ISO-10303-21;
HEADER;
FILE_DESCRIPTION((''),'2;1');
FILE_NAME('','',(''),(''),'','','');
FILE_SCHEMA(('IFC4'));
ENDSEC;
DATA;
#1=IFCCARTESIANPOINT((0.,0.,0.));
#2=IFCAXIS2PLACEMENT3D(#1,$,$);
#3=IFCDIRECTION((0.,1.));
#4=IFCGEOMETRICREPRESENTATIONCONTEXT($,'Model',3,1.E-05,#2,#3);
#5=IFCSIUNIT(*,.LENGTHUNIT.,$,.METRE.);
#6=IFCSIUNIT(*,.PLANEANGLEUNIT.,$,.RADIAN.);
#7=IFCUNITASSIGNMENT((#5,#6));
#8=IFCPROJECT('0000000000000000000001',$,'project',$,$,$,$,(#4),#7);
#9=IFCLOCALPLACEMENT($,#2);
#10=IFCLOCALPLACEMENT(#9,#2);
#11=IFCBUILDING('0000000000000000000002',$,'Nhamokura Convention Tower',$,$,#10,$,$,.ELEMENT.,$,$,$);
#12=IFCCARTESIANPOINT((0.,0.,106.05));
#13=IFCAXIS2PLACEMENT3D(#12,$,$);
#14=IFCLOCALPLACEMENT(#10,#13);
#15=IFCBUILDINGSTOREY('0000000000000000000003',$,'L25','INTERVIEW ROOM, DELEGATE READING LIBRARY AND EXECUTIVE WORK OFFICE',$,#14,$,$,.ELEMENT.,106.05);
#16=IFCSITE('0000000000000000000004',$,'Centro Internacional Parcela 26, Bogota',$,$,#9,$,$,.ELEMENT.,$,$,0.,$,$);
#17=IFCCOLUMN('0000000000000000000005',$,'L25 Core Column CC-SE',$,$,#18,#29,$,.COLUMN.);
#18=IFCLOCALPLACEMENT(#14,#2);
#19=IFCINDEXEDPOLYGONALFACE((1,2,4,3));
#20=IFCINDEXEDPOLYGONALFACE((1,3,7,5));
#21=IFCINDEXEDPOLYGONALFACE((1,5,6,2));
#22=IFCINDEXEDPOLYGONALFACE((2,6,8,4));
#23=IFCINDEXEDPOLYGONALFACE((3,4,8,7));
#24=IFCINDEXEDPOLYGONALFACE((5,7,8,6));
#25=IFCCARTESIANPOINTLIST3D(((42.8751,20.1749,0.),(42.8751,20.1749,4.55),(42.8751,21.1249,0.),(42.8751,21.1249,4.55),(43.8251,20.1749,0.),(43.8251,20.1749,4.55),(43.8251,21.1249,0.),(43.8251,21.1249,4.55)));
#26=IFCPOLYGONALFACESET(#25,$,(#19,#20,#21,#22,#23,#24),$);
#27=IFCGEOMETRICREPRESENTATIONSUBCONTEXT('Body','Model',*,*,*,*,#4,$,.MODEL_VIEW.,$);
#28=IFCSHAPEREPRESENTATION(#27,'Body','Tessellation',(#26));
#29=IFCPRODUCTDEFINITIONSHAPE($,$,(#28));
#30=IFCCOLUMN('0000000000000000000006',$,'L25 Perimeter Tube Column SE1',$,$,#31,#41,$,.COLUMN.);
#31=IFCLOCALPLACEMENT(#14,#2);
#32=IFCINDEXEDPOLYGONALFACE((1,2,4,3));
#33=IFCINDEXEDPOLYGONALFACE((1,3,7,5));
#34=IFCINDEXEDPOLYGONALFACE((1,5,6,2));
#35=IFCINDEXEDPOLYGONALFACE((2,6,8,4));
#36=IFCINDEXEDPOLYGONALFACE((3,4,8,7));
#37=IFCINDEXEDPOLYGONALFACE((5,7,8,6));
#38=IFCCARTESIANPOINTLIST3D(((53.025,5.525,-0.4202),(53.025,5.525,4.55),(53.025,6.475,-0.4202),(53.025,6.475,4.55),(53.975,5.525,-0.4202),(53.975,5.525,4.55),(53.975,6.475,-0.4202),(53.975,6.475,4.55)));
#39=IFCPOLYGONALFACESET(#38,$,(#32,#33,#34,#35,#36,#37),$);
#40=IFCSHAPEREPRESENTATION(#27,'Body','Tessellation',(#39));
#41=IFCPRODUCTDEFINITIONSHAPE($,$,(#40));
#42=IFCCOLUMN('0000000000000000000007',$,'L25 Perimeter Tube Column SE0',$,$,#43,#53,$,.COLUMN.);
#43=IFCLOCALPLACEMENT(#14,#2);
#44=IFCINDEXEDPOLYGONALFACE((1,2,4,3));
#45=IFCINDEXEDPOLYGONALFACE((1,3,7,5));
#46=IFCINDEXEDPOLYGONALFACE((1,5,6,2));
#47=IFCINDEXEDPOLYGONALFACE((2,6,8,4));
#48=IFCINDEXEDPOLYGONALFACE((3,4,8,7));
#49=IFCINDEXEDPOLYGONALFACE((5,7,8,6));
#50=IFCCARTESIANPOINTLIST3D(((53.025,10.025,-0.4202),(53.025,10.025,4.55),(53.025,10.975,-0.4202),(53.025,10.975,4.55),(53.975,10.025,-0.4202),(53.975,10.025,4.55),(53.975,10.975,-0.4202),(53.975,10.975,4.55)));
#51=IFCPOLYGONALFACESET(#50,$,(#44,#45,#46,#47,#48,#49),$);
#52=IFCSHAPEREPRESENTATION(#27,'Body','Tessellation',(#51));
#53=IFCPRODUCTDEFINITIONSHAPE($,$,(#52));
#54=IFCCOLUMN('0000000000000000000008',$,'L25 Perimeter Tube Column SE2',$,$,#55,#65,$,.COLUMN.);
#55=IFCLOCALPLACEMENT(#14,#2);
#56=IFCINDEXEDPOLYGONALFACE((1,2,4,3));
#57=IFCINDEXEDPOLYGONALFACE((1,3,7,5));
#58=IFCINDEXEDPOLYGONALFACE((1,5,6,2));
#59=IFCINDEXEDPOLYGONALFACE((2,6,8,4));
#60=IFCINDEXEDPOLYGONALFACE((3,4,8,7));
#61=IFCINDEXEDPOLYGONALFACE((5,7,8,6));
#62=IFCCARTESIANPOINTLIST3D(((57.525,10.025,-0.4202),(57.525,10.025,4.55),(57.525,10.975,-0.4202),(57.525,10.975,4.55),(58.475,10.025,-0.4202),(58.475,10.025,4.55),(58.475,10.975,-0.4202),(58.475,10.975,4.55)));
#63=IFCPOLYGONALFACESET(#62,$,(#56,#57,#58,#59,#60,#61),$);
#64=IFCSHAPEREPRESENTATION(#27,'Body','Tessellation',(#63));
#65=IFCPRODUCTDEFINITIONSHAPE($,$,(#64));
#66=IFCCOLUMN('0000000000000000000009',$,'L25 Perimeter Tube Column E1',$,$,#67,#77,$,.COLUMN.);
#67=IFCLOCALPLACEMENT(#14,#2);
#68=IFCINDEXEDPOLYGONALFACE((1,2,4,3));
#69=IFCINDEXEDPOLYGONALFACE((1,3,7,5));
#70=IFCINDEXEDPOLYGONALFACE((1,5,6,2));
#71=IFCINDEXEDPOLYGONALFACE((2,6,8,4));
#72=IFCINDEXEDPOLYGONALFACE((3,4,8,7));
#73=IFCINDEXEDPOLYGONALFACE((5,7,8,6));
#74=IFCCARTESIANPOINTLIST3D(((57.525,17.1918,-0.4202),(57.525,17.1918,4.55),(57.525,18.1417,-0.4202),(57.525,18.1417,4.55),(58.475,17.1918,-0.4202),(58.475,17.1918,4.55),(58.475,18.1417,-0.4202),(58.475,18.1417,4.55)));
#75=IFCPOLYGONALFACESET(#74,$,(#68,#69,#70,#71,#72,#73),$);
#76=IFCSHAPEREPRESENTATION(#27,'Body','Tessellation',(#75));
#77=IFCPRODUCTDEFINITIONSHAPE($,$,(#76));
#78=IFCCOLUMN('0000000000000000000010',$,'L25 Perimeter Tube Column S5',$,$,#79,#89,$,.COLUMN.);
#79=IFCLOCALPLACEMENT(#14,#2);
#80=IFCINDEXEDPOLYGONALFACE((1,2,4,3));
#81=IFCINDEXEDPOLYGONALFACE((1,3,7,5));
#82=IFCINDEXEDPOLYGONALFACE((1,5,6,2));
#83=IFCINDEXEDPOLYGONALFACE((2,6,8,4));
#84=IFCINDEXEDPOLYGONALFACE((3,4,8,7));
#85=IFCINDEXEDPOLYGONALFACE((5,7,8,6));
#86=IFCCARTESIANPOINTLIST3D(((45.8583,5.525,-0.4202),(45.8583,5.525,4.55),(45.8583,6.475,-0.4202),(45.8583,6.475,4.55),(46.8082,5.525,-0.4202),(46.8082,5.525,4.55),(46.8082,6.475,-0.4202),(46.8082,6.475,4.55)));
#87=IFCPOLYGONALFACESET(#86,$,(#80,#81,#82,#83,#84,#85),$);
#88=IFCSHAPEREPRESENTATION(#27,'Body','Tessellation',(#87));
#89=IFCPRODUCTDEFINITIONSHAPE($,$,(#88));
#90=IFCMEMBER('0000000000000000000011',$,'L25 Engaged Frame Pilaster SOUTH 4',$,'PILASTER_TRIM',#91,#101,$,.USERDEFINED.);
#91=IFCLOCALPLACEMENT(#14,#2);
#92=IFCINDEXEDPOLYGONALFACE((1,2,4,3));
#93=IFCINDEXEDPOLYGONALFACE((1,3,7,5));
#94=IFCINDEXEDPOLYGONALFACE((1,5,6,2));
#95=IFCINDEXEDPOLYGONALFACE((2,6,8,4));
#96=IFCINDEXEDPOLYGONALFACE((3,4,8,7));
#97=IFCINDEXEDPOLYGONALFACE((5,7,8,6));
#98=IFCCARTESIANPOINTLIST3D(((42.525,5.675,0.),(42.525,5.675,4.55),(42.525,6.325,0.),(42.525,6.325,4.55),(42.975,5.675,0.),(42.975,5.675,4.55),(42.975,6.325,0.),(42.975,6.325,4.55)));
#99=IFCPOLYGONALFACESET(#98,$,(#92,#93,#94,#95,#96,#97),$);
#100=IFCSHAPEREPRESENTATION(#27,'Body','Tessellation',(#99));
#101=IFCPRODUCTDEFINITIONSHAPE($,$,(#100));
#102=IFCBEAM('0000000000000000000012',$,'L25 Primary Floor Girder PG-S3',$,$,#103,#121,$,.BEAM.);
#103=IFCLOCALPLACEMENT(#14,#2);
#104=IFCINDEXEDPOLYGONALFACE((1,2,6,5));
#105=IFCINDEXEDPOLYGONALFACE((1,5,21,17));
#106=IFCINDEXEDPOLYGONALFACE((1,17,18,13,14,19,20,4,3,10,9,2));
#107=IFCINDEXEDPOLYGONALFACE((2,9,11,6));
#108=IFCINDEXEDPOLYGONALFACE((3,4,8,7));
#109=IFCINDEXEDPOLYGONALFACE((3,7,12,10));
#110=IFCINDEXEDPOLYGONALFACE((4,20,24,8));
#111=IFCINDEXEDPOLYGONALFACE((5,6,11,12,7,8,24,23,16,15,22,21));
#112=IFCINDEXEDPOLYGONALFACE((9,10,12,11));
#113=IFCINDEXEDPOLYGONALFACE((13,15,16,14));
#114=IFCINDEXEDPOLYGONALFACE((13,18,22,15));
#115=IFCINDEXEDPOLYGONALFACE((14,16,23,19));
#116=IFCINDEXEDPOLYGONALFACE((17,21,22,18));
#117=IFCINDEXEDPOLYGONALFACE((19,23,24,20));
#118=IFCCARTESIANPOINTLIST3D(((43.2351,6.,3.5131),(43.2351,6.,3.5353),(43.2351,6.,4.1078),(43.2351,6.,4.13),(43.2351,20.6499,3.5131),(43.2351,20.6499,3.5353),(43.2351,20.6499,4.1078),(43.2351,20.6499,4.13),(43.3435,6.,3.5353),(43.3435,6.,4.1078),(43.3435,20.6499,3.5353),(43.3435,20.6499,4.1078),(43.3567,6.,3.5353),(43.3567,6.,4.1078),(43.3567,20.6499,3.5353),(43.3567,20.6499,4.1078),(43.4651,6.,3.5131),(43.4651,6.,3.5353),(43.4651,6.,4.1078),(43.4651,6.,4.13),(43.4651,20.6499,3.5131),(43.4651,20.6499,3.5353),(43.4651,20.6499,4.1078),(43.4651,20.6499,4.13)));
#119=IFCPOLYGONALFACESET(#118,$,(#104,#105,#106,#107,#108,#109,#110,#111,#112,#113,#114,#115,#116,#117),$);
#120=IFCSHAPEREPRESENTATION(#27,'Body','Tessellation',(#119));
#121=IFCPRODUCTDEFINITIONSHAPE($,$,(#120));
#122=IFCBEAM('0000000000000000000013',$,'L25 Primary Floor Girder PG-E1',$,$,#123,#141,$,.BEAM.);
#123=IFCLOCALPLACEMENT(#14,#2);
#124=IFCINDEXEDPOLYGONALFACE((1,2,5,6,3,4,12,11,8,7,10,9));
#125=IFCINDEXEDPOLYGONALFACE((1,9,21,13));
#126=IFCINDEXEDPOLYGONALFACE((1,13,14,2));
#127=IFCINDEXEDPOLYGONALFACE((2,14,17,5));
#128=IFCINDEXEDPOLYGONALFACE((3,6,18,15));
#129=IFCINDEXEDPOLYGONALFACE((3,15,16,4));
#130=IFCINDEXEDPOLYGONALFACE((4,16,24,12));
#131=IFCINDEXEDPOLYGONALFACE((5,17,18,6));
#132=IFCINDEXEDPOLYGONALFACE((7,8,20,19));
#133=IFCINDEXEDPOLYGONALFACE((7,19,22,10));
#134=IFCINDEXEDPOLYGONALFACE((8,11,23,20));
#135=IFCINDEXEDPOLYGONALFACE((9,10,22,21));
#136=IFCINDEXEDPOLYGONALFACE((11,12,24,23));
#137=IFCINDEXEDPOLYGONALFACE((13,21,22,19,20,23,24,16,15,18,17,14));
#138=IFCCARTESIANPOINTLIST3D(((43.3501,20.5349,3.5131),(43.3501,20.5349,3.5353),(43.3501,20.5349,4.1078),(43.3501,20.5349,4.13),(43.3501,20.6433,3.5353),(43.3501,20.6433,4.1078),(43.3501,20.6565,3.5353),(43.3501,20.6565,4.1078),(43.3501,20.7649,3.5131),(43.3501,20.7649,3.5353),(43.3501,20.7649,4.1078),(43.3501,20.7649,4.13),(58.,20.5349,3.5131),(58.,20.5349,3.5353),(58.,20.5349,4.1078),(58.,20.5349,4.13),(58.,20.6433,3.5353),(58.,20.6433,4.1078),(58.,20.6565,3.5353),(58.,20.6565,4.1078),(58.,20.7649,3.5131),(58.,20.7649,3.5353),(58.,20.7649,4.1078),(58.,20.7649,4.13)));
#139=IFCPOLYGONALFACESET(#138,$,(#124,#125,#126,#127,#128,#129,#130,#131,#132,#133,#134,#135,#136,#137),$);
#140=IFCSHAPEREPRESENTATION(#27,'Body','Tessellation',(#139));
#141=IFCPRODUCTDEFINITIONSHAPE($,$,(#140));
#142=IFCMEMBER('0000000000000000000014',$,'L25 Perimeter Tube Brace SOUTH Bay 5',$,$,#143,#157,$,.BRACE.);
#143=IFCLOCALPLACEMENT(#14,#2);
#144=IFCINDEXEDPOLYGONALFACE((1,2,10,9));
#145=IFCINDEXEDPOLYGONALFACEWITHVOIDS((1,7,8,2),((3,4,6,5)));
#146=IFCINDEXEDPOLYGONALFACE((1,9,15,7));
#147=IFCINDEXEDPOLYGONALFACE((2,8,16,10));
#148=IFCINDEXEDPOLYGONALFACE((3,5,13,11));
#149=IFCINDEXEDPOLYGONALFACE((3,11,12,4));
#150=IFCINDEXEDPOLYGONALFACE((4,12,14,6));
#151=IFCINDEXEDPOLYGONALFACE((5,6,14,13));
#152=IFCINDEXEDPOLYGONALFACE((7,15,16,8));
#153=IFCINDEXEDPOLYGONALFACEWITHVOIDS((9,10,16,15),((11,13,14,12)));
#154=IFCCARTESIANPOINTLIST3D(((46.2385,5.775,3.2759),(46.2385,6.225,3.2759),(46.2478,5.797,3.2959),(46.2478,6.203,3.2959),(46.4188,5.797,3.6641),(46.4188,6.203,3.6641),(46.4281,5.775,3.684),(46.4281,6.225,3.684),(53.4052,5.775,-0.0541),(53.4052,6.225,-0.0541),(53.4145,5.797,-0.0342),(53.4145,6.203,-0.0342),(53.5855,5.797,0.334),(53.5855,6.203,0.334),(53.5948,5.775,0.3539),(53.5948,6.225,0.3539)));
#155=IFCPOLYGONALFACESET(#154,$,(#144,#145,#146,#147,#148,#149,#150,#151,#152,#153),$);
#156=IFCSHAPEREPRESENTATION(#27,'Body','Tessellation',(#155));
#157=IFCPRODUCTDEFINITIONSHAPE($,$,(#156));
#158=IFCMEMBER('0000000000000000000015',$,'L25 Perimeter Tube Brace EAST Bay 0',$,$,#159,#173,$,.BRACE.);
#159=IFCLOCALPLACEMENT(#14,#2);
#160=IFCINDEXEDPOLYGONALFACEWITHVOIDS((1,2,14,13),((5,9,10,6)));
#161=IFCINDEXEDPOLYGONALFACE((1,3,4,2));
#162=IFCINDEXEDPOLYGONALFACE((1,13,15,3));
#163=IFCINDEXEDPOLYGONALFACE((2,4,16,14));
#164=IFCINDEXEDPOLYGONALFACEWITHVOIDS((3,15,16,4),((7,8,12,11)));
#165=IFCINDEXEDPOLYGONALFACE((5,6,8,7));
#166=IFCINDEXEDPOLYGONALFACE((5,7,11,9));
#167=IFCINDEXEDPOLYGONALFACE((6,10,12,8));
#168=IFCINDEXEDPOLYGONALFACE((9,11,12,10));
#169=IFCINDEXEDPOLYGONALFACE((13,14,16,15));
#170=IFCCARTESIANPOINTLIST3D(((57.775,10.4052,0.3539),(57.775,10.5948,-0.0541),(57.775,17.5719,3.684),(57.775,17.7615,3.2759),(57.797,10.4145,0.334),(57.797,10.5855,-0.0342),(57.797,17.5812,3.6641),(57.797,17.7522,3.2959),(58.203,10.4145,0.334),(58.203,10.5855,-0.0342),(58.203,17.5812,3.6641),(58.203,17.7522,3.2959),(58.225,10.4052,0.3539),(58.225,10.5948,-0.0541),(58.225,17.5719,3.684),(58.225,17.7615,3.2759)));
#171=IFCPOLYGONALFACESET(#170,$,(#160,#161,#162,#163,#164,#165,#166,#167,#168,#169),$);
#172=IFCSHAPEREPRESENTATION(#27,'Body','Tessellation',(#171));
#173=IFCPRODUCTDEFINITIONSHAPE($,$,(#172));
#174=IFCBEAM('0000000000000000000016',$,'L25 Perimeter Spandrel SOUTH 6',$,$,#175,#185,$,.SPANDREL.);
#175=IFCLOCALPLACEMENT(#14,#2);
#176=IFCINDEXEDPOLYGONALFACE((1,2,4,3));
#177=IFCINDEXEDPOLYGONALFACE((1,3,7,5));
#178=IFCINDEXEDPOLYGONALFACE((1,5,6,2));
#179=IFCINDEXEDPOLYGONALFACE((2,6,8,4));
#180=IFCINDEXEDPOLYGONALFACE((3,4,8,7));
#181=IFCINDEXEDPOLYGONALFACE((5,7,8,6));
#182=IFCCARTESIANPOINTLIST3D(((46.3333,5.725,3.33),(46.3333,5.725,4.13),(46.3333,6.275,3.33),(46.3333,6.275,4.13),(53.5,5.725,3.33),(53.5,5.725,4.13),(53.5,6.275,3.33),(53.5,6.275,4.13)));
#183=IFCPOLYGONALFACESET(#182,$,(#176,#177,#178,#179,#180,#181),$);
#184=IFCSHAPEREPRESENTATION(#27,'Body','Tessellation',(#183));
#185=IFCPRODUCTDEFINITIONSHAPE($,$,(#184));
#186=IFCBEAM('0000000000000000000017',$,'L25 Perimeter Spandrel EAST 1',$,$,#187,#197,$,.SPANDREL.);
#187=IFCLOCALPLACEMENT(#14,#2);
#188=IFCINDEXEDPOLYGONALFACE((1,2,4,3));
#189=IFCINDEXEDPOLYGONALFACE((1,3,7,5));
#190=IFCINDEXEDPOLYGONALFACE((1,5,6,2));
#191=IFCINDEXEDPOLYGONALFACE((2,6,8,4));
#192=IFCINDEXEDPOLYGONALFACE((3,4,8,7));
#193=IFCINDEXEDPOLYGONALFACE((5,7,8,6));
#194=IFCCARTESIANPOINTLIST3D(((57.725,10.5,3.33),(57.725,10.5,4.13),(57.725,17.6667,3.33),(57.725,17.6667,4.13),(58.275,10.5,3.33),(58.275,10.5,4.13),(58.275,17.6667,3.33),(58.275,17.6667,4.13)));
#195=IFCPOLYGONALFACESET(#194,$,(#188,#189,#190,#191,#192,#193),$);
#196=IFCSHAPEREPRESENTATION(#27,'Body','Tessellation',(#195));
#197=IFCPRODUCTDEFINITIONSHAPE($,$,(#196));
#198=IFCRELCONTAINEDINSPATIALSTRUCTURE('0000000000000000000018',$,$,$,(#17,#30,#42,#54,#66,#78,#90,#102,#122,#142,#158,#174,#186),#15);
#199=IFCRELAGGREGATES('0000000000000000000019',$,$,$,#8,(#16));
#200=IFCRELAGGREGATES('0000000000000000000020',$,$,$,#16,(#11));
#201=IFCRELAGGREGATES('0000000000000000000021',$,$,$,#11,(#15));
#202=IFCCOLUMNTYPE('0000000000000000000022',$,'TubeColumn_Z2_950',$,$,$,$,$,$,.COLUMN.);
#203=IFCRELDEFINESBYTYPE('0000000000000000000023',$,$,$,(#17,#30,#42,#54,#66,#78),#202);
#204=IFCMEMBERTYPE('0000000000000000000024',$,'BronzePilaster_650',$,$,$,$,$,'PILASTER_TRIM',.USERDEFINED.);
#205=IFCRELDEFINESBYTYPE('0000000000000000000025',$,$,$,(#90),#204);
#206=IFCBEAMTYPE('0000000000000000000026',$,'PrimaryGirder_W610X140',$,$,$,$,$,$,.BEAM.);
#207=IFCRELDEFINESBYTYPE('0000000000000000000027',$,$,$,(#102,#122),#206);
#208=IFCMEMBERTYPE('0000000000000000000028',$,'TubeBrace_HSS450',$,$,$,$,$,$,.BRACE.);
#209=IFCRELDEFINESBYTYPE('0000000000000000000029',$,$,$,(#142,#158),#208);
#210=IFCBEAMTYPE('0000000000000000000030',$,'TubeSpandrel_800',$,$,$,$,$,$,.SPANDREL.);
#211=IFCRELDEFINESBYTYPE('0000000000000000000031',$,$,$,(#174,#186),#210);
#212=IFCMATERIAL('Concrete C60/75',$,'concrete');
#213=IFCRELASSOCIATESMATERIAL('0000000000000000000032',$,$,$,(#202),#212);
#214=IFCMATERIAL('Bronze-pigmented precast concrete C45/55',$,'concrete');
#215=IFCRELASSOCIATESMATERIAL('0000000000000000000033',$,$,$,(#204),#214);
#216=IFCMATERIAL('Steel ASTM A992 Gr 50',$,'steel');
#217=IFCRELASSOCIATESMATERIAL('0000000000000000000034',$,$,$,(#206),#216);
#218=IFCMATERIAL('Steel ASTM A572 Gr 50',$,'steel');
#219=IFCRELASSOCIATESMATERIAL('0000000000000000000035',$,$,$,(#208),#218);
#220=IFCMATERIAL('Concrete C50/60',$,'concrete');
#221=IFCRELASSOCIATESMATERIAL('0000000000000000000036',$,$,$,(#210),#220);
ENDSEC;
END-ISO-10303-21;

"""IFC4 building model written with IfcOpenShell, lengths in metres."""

from ifc_helpers import new_model, si_unit, direction, frame, origin, origin_2d, place, context, subcontext, project, spatial, rectangle, hollow_rectangle, i_section, extrude, material, material_profile, profile_set, type_object, element, save


model = new_model("IFC4")

# Units and contexts
model_context = context("Model", 3, precision=1e-05, world=origin(), true_north=direction((0.0, 1.0)))
body_context = subcontext(model_context, "Body", "Model", "MODEL_VIEW")
ifc_project = project(units=[si_unit("LENGTHUNIT", "METRE"), si_unit("PLANEANGLEUNIT", "RADIAN")], contexts=[model_context])

# Site, building, storey
site_placement = place(None, origin())
site = spatial("IfcSite", under=ifc_project, at=site_placement, Name="Centro Internacional Parcela 26, Bogota", CompositionType="ELEMENT", RefElevation=0.0)
building_placement = place(site_placement, origin())
building = spatial("IfcBuilding", under=site, at=building_placement, Name="Nhamokura Convention Tower", CompositionType="ELEMENT")
storey_placement = place(building_placement, frame((0.0, 0.0, 106.05)))
storey = spatial("IfcBuildingStorey", under=building, at=storey_placement, Name="L25", Description="INTERVIEW ROOM, DELEGATE READING LIBRARY AND EXECUTIVE WORK OFFICE", CompositionType="ELEMENT", Elevation=106.05)

# Columns
ifc_material_1 = material(Name="Concrete C60/75", Category="concrete")
ifc_material_profile_1 = material_profile(ifc_material_1, rectangle(XDim=0.95, YDim=0.95, at=origin_2d()))
ifc_profile_set_1 = profile_set([ifc_material_profile_1], Name="Concrete C60/75")
column_type = type_object("IfcColumnType", Name="TubeColumn_Z2_950", PredefinedType="COLUMN", material=ifc_profile_set_1)
column_placement = place(storey_placement, frame((43.3501, 20.6499, 0.0), z_axis=(0.0, 0.0, 1.0), x_axis=(1.0, 0.0, 0.0)))
element("IfcColumn", 1, at=column_placement, inside=storey, type_object=column_type, Name="L25 Core Column CC-SE", PredefinedType="COLUMN", context=body_context, shape_type="SweptSolid", body=[
    extrude(rectangle(XDim=0.95, YDim=0.95, at=origin_2d()), origin(), (0.0, 0.0, 1.0), 4.55),
])
for number, where, z_axis, x_axis, name in (
    (2, (53.5, 6.0, -0.4202), (0.0, 0.0, 1.0), (1.0, 0.0, 0.0), "L25 Perimeter Tube Column SE1"),
    (3, (53.5, 10.5, -0.4202), (0.0, 0.0, 1.0), (1.0, 0.0, 0.0), "L25 Perimeter Tube Column SE0"),
    (4, (58.0, 10.5, -0.4202), (0.0, 0.0, 1.0), (1.0, 0.0, 0.0), "L25 Perimeter Tube Column SE2"),
    (5, (58.0, 17.6667, -0.4202), (0.0, 0.0, 1.0), (1.0, 0.0, 0.0), "L25 Perimeter Tube Column E1"),
    (6, (46.3333, 6.0, -0.4202), (0.0, 0.0, 1.0), (1.0, 0.0, 0.0), "L25 Perimeter Tube Column S5"),
):
    element("IfcColumn", number, at=place(storey_placement, frame(where, z_axis=z_axis, x_axis=x_axis)), inside=storey, type_object=column_type, Name=name, PredefinedType="COLUMN", context=body_context, shape_type="SweptSolid", body=[
        extrude(rectangle(XDim=0.95, YDim=0.95, at=origin_2d()), origin(), (0.0, 0.0, 1.0), 4.9702),
    ])

# Member
ifc_material_2 = material(Name="Bronze-pigmented precast concrete C45/55", Category="concrete")
ifc_material_profile_2 = material_profile(ifc_material_2, rectangle(XDim=0.45, YDim=0.6499, at=origin_2d()))
ifc_profile_set_2 = profile_set([ifc_material_profile_2], Name="Bronze-pigmented precast concrete C45/55")
member_type_1 = type_object("IfcMemberType", Name="BronzePilaster_650", ElementType="PILASTER_TRIM", PredefinedType="USERDEFINED", material=ifc_profile_set_2)
member_placement = place(storey_placement, frame((42.75, 6.0, 0.0), z_axis=(0.0, 0.0, 1.0), x_axis=(1.0, 0.0, 0.0)))
element("IfcMember", 7, at=member_placement, inside=storey, type_object=member_type_1, Name="L25 Engaged Frame Pilaster SOUTH 4", ObjectType="PILASTER_TRIM", PredefinedType="USERDEFINED", context=body_context, shape_type="SweptSolid", body=[
    extrude(rectangle(XDim=0.45, YDim=0.6499, at=origin_2d()), origin(), (0.0, 0.0, 1.0), 4.55),
])

# Beams
ifc_material_3 = material(Name="Steel ASTM A992 Gr 50", Category="steel")
ifc_material_profile_3 = material_profile(ifc_material_3, i_section(OverallWidth=0.23, OverallDepth=0.6169, WebThickness=0.0132, FlangeThickness=0.0222, at=origin_2d()))
ifc_profile_set_3 = profile_set([ifc_material_profile_3], Name="Steel ASTM A992 Gr 50")
beam_type_1 = type_object("IfcBeamType", Name="PrimaryGirder_W610X140", PredefinedType="BEAM", material=ifc_profile_set_3)
for number, where, z_axis, x_axis, name in (
    (8, (43.3501, 6.0, 3.8215), (0.0, 1.0, 0.0), (-1.0, 0.0, 0.0), "L25 Primary Floor Girder PG-S3"),
    (9, (43.3501, 20.6499, 3.8215), (1.0, 0.0, 0.0), (0.0, 1.0, 0.0), "L25 Primary Floor Girder PG-E1"),
):
    element("IfcBeam", number, at=place(storey_placement, frame(where, z_axis=z_axis, x_axis=x_axis)), inside=storey, type_object=beam_type_1, Name=name, PredefinedType="BEAM", context=body_context, shape_type="SweptSolid", body=[
        extrude(i_section(OverallWidth=0.23, OverallDepth=0.6169, WebThickness=0.0132, FlangeThickness=0.0222, at=origin_2d()), origin(), (0.0, 0.0, 1.0), 14.6499),
    ])

# Members
ifc_material_4 = material(Name="Steel ASTM A572 Gr 50", Category="steel")
ifc_material_profile_4 = material_profile(ifc_material_4, hollow_rectangle(XDim=0.45, YDim=0.45, WallThickness=0.022, at=origin_2d()))
ifc_profile_set_4 = profile_set([ifc_material_profile_4], Name="Steel ASTM A572 Gr 50")
member_type_2 = type_object("IfcMemberType", Name="TubeBrace_HSS450", PredefinedType="BRACE", material=ifc_profile_set_4)
for number, where, z_axis, x_axis, name in (
    (10, (53.5, 6.0, 0.1499), (-0.90688, 0.0, 0.421388), (0.0, -1.0, 0.0), "L25 Perimeter Tube Brace SOUTH Bay 5"),
    (11, (58.0, 10.5, 0.1499), (0.0, 0.90688, 0.421388), (-1.0, 0.0, 0.0), "L25 Perimeter Tube Brace EAST Bay 0"),
):
    element("IfcMember", number, at=place(storey_placement, frame(where, z_axis=z_axis, x_axis=x_axis)), inside=storey, type_object=member_type_2, Name=name, PredefinedType="BRACE", context=body_context, shape_type="SweptSolid", body=[
        extrude(hollow_rectangle(XDim=0.45, YDim=0.45, WallThickness=0.022, at=origin_2d()), origin(), (0.0, 0.0, 1.0), 7.9026),
    ])

# Beams
ifc_material_5 = material(Name="Concrete C50/60", Category="concrete")
ifc_material_profile_5 = material_profile(ifc_material_5, rectangle(XDim=0.55, YDim=0.8, at=origin_2d()))
ifc_profile_set_5 = profile_set([ifc_material_profile_5], Name="Concrete C50/60")
beam_type_2 = type_object("IfcBeamType", Name="TubeSpandrel_800", PredefinedType="SPANDREL", material=ifc_profile_set_5)
for number, where, z_axis, x_axis, name in (
    (12, (46.3333, 6.0, 3.73), (1.0, 0.0, 0.0), (0.0, 1.0, 0.0), "L25 Perimeter Spandrel SOUTH 6"),
    (13, (58.0, 10.5, 3.73), (0.0, 1.0, 0.0), (-1.0, 0.0, 0.0), "L25 Perimeter Spandrel EAST 1"),
):
    element("IfcBeam", number, at=place(storey_placement, frame(where, z_axis=z_axis, x_axis=x_axis)), inside=storey, type_object=beam_type_2, Name=name, PredefinedType="SPANDREL", context=body_context, shape_type="SweptSolid", body=[
        extrude(rectangle(XDim=0.55, YDim=0.8, at=origin_2d()), origin(), (0.0, 0.0, 1.0), 7.1667),
    ])

save(model, "model.ifc")
